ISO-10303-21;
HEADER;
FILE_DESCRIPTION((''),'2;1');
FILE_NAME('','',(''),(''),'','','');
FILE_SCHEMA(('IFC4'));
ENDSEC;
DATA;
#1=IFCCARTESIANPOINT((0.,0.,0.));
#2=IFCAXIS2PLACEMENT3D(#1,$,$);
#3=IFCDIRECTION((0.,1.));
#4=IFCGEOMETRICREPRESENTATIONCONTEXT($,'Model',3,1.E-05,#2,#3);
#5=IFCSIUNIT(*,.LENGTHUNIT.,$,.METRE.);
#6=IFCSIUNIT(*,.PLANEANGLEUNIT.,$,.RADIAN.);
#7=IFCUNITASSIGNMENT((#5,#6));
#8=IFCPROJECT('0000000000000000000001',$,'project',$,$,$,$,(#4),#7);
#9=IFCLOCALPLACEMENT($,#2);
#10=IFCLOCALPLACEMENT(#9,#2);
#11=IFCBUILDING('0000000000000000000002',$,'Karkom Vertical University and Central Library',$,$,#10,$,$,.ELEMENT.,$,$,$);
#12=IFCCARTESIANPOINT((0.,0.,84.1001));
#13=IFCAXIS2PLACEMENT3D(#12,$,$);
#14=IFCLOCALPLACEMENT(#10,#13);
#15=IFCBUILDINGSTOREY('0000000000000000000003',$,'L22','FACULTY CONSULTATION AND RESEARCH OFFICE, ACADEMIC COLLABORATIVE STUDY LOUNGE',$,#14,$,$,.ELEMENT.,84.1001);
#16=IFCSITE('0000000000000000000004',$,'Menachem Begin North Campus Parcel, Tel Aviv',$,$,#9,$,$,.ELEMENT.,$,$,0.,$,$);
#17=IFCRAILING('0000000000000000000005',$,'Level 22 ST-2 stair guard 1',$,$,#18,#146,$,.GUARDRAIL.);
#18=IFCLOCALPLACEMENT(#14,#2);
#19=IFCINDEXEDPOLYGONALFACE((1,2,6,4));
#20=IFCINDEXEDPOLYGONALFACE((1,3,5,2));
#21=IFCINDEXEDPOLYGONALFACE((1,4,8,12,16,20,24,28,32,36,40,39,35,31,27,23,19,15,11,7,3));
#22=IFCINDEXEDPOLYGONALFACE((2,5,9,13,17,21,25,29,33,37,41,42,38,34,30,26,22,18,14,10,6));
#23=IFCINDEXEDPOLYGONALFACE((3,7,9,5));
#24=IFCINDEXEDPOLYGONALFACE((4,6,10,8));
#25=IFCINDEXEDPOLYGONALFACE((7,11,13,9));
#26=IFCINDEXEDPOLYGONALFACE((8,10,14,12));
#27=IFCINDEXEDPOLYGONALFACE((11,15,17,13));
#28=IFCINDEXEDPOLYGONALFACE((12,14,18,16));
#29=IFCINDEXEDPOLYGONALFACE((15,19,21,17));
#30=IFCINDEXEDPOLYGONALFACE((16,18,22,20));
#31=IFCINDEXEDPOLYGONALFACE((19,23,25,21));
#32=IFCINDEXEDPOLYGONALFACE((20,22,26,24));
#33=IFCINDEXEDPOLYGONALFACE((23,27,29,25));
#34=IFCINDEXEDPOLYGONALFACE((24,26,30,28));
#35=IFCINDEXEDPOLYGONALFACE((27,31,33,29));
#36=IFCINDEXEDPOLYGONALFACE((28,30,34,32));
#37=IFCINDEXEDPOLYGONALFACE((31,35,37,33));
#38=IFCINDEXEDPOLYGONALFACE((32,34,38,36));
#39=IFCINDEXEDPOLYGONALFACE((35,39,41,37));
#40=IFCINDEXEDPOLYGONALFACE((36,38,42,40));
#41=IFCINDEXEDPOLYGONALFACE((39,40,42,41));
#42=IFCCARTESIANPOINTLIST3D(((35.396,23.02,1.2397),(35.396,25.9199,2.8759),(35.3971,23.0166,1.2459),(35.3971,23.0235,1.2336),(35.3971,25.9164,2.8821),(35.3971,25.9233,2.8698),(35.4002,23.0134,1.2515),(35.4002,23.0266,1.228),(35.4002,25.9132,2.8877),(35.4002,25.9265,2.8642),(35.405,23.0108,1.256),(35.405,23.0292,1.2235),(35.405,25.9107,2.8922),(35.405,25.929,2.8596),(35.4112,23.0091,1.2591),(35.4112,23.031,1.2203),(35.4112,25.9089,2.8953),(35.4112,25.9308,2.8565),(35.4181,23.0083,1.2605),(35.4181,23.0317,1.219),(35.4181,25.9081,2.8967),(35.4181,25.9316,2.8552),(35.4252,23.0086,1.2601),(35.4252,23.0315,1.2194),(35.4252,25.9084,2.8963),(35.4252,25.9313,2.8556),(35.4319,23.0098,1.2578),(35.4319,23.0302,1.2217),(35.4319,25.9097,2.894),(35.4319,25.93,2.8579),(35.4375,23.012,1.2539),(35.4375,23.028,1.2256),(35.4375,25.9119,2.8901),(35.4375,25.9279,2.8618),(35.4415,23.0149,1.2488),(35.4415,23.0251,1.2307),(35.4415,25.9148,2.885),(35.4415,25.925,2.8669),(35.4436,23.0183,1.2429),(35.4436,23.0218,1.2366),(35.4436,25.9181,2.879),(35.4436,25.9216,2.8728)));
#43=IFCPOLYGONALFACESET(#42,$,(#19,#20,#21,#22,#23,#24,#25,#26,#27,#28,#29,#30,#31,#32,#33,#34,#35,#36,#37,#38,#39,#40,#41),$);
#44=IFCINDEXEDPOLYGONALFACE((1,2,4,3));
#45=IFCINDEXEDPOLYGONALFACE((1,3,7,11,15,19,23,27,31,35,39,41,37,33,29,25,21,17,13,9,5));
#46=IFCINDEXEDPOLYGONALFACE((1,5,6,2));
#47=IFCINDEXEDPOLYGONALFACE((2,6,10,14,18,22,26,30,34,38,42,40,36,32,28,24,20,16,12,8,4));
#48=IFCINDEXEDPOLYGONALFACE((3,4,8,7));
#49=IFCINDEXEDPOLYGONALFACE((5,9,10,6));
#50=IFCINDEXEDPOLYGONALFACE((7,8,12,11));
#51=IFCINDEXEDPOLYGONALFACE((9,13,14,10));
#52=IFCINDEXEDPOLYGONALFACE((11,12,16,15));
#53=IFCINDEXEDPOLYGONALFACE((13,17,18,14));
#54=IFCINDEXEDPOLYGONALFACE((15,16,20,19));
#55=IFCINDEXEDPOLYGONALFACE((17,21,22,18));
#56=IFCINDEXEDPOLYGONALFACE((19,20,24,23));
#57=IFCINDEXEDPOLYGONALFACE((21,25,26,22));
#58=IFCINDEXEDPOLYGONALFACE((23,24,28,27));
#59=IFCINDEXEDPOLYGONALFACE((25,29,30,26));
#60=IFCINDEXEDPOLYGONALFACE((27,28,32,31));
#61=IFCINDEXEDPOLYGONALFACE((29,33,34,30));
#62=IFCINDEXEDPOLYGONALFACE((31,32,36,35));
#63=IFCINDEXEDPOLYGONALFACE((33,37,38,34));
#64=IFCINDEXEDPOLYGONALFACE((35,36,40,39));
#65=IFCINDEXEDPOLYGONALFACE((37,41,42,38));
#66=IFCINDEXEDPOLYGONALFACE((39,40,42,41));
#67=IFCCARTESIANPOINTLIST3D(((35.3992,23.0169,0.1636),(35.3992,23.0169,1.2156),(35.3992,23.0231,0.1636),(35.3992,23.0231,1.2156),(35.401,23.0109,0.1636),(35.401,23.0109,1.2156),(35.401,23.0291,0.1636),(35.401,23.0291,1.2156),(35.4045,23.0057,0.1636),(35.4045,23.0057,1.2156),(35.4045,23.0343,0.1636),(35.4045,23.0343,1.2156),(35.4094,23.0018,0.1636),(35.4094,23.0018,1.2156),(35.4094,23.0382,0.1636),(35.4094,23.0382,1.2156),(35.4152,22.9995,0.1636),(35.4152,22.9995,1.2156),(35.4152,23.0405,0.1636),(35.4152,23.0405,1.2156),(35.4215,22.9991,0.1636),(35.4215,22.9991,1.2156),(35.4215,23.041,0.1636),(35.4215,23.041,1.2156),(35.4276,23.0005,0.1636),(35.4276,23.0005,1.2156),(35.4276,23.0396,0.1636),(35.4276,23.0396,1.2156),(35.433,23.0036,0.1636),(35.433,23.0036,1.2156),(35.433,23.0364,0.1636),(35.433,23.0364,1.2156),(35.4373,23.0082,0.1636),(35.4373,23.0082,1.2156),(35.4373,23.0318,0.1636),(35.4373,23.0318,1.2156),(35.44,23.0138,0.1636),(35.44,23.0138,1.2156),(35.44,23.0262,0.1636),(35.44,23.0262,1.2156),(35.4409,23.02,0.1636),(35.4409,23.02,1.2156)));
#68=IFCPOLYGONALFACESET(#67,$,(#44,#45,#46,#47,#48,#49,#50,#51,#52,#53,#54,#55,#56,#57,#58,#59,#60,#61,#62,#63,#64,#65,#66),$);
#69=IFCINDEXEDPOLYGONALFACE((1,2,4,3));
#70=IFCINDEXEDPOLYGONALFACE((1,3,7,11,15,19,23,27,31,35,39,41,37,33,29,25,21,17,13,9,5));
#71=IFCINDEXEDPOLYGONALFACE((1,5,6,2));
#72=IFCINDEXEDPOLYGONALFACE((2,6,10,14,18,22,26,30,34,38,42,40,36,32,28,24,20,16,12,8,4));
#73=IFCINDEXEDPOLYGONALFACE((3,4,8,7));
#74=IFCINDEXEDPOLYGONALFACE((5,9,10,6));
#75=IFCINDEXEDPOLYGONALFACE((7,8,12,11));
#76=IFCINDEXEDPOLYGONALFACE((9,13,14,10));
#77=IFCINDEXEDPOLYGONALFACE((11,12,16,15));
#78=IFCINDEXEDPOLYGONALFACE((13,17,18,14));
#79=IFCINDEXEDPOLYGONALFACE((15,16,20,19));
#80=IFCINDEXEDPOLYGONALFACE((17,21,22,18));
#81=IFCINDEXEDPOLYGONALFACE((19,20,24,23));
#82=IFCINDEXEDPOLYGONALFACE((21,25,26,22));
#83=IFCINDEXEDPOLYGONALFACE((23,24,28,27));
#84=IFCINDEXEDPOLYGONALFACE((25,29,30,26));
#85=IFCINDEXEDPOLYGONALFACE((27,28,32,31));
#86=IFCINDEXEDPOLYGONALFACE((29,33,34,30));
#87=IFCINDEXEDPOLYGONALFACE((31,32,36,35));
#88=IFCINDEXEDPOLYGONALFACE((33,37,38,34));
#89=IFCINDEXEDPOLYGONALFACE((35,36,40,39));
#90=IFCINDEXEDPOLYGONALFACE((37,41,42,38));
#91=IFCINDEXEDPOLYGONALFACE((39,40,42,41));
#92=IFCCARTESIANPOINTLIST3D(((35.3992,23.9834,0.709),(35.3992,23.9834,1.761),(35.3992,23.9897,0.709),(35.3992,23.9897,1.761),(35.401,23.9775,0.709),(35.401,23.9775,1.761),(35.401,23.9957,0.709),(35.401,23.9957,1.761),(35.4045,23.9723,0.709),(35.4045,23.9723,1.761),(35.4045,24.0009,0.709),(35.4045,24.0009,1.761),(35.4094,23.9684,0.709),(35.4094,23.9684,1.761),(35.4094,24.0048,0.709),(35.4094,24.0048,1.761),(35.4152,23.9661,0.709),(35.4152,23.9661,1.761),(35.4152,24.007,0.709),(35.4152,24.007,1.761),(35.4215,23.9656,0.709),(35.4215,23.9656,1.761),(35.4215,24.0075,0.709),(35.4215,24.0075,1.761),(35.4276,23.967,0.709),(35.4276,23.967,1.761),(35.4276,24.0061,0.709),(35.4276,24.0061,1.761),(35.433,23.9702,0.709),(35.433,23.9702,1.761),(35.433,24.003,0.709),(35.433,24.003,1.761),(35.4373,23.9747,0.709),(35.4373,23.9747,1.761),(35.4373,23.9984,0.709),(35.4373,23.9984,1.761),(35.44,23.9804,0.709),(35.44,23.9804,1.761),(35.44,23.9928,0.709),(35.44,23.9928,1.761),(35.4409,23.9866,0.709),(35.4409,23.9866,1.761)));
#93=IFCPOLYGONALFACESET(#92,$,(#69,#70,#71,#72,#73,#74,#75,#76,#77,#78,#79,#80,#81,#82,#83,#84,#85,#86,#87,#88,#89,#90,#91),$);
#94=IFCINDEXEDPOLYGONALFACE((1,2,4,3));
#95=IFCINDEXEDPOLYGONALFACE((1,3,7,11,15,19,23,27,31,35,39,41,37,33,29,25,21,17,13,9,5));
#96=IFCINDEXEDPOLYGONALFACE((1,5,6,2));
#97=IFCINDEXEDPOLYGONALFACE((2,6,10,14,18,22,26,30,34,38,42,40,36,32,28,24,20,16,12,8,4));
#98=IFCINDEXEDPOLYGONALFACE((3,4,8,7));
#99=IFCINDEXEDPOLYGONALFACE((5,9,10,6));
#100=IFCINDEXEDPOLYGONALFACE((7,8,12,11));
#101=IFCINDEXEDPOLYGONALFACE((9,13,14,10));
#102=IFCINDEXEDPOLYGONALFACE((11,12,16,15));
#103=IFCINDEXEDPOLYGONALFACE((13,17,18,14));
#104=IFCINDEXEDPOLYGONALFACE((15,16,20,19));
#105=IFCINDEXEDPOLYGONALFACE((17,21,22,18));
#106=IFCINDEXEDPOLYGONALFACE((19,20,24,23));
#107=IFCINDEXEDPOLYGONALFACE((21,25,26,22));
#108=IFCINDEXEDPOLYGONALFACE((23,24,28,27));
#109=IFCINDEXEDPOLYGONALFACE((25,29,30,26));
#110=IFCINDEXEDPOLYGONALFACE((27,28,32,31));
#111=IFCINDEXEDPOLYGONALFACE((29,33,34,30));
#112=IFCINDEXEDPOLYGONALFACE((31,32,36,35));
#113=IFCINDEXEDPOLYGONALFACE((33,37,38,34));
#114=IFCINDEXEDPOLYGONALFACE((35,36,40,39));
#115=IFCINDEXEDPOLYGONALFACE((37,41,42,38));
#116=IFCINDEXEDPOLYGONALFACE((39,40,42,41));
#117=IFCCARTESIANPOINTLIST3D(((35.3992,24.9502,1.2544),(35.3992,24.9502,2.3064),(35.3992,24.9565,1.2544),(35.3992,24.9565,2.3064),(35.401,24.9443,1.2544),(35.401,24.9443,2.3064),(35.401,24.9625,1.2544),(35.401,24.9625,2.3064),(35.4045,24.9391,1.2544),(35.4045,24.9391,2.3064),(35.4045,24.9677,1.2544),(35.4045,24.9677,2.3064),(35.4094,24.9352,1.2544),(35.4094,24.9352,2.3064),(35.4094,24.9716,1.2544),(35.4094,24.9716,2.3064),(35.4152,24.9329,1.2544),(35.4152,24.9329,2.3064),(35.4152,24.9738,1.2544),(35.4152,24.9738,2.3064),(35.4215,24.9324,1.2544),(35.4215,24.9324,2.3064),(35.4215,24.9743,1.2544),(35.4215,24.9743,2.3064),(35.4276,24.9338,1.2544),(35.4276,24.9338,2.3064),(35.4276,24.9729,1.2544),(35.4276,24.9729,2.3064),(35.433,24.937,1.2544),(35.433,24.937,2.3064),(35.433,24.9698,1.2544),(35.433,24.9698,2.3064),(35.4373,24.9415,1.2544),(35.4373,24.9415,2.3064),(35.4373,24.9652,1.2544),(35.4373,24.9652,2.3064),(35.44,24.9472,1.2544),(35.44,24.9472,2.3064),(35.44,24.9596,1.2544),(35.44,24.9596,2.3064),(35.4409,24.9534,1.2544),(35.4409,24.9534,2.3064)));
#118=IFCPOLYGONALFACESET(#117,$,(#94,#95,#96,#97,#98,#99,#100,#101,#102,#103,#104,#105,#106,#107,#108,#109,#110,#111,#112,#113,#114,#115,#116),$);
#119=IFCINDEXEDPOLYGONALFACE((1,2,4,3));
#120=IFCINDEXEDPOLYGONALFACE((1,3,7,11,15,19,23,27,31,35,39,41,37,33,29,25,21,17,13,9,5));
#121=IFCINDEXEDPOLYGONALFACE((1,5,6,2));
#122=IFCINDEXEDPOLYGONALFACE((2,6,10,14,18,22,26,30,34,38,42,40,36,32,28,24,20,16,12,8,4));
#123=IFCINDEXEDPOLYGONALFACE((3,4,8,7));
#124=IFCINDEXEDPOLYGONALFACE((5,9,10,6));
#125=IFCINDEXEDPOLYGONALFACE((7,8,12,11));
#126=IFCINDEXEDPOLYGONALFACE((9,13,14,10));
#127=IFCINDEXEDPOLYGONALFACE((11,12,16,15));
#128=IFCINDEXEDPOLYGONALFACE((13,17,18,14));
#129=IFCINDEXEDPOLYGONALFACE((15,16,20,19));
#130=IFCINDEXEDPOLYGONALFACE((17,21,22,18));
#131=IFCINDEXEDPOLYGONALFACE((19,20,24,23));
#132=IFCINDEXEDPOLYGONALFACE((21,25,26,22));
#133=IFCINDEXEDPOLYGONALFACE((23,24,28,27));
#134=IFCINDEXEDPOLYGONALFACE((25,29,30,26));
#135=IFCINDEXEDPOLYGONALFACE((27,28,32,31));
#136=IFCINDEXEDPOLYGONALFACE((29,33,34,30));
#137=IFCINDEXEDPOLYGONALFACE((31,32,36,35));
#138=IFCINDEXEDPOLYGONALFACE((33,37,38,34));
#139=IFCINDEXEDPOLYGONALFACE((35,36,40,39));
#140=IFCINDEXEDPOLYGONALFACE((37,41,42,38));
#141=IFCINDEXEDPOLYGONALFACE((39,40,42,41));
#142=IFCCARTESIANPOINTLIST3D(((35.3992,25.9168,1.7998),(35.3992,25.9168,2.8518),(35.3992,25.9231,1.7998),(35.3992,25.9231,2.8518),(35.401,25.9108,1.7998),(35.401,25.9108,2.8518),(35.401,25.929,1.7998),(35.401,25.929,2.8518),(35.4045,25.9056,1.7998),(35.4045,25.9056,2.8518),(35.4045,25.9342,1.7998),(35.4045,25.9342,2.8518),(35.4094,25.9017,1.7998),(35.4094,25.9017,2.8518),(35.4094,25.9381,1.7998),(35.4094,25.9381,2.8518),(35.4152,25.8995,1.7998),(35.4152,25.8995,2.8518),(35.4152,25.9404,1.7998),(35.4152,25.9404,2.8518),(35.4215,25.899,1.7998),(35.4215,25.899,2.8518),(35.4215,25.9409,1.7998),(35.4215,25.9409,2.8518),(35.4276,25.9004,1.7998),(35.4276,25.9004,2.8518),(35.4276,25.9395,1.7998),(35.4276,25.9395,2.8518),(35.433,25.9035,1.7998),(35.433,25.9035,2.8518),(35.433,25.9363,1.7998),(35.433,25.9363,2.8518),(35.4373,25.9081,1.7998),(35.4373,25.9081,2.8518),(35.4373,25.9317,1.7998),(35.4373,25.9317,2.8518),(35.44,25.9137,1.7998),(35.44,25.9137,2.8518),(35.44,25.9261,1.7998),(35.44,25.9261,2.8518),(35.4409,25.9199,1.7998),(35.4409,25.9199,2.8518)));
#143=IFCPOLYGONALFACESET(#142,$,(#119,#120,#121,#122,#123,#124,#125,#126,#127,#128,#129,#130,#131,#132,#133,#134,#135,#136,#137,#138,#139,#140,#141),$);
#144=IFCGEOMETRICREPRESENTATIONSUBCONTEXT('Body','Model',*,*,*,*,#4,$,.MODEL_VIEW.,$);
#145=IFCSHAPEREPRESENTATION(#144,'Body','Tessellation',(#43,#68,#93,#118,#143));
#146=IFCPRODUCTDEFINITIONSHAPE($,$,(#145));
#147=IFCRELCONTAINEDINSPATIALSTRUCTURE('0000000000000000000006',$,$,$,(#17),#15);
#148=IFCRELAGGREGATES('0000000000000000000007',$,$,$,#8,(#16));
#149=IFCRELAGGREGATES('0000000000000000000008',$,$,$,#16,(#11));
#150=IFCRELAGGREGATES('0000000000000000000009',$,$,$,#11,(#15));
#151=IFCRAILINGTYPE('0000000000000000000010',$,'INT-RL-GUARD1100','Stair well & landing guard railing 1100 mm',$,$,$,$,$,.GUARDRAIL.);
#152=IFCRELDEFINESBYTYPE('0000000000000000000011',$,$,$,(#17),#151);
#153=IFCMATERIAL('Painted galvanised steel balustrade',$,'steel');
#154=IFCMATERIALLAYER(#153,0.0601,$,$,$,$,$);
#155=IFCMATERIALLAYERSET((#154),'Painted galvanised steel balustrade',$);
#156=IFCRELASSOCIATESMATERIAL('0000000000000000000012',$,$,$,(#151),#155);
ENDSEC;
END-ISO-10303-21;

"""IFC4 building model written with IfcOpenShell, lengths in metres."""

from ifc_helpers import new_model, si_unit, direction, frame, origin, origin_2d, place, context, subcontext, project, spatial, circle, extrude, material, layer, layer_set, type_object, element, save


model = new_model("IFC4")

# Units and contexts
model_context = context("Model", 3, precision=1e-05, world=origin(), true_north=direction((0.0, 1.0)))
body_context = subcontext(model_context, "Body", "Model", "MODEL_VIEW")
ifc_project = project(units=[si_unit("LENGTHUNIT", "METRE"), si_unit("PLANEANGLEUNIT", "RADIAN")], contexts=[model_context])

# Site, building, storey
site_placement = place(None, origin())
site = spatial("IfcSite", under=ifc_project, at=site_placement, Name="Menachem Begin North Campus Parcel, Tel Aviv", CompositionType="ELEMENT", RefElevation=0.0)
building_placement = place(site_placement, origin())
building = spatial("IfcBuilding", under=site, at=building_placement, Name="Karkom Vertical University and Central Library", CompositionType="ELEMENT")
storey_placement = place(building_placement, frame((0.0, 0.0, 84.1001)))
storey = spatial("IfcBuildingStorey", under=building, at=storey_placement, Name="L22", Description="FACULTY CONSULTATION AND RESEARCH OFFICE, ACADEMIC COLLABORATIVE STUDY LOUNGE", CompositionType="ELEMENT", Elevation=84.1001)

# Railing
ifc_material_1 = material(Name="Painted galvanised steel balustrade", Category="steel")
ifc_layer_1 = layer(ifc_material_1, 0.0601)
ifc_layer_set_1 = layer_set([ifc_layer_1], Name="Painted galvanised steel balustrade")
railing_type_1 = type_object("IfcRailingType", Name="INT-RL-GUARD1100", Description="Stair well & landing guard railing 1100 mm", PredefinedType="GUARDRAIL", material=ifc_layer_set_1)
railing_1_placement = place(storey_placement, frame((35.4199, 23.02, 0.1636)))
element("IfcRailing", 1, at=railing_1_placement, inside=storey, type_object=railing_type_1, Name="Level 22 ST-2 stair guard 1", PredefinedType="GUARDRAIL", context=body_context, shape_type="SweptSolid", body=[
    extrude(circle(Radius=0.0239, at=origin_2d()), frame((0.0, 0.0, 1.0762), z_axis=(0.0, 0.870929, 0.49141), x_axis=(-1.0, 0.0, 0.0)), (0.0, 0.0, 1.0), 3.3296),
    extrude(circle(Radius=0.021, at=origin_2d()), origin(), (0.0, 0.0, 1.0), 1.052),
    extrude(circle(Radius=0.021, at=origin_2d()), frame((0.0, 0.9666, 0.5454)), (0.0, 0.0, 1.0), 1.052),
    extrude(circle(Radius=0.021, at=origin_2d()), frame((0.0, 1.9333, 1.0908)), (0.0, 0.0, 1.0), 1.052),
    extrude(circle(Radius=0.021, at=origin_2d()), frame((0.0, 2.8999, 1.6362)), (0.0, 0.0, 1.0), 1.052),
])

save(model, "model.ifc")
